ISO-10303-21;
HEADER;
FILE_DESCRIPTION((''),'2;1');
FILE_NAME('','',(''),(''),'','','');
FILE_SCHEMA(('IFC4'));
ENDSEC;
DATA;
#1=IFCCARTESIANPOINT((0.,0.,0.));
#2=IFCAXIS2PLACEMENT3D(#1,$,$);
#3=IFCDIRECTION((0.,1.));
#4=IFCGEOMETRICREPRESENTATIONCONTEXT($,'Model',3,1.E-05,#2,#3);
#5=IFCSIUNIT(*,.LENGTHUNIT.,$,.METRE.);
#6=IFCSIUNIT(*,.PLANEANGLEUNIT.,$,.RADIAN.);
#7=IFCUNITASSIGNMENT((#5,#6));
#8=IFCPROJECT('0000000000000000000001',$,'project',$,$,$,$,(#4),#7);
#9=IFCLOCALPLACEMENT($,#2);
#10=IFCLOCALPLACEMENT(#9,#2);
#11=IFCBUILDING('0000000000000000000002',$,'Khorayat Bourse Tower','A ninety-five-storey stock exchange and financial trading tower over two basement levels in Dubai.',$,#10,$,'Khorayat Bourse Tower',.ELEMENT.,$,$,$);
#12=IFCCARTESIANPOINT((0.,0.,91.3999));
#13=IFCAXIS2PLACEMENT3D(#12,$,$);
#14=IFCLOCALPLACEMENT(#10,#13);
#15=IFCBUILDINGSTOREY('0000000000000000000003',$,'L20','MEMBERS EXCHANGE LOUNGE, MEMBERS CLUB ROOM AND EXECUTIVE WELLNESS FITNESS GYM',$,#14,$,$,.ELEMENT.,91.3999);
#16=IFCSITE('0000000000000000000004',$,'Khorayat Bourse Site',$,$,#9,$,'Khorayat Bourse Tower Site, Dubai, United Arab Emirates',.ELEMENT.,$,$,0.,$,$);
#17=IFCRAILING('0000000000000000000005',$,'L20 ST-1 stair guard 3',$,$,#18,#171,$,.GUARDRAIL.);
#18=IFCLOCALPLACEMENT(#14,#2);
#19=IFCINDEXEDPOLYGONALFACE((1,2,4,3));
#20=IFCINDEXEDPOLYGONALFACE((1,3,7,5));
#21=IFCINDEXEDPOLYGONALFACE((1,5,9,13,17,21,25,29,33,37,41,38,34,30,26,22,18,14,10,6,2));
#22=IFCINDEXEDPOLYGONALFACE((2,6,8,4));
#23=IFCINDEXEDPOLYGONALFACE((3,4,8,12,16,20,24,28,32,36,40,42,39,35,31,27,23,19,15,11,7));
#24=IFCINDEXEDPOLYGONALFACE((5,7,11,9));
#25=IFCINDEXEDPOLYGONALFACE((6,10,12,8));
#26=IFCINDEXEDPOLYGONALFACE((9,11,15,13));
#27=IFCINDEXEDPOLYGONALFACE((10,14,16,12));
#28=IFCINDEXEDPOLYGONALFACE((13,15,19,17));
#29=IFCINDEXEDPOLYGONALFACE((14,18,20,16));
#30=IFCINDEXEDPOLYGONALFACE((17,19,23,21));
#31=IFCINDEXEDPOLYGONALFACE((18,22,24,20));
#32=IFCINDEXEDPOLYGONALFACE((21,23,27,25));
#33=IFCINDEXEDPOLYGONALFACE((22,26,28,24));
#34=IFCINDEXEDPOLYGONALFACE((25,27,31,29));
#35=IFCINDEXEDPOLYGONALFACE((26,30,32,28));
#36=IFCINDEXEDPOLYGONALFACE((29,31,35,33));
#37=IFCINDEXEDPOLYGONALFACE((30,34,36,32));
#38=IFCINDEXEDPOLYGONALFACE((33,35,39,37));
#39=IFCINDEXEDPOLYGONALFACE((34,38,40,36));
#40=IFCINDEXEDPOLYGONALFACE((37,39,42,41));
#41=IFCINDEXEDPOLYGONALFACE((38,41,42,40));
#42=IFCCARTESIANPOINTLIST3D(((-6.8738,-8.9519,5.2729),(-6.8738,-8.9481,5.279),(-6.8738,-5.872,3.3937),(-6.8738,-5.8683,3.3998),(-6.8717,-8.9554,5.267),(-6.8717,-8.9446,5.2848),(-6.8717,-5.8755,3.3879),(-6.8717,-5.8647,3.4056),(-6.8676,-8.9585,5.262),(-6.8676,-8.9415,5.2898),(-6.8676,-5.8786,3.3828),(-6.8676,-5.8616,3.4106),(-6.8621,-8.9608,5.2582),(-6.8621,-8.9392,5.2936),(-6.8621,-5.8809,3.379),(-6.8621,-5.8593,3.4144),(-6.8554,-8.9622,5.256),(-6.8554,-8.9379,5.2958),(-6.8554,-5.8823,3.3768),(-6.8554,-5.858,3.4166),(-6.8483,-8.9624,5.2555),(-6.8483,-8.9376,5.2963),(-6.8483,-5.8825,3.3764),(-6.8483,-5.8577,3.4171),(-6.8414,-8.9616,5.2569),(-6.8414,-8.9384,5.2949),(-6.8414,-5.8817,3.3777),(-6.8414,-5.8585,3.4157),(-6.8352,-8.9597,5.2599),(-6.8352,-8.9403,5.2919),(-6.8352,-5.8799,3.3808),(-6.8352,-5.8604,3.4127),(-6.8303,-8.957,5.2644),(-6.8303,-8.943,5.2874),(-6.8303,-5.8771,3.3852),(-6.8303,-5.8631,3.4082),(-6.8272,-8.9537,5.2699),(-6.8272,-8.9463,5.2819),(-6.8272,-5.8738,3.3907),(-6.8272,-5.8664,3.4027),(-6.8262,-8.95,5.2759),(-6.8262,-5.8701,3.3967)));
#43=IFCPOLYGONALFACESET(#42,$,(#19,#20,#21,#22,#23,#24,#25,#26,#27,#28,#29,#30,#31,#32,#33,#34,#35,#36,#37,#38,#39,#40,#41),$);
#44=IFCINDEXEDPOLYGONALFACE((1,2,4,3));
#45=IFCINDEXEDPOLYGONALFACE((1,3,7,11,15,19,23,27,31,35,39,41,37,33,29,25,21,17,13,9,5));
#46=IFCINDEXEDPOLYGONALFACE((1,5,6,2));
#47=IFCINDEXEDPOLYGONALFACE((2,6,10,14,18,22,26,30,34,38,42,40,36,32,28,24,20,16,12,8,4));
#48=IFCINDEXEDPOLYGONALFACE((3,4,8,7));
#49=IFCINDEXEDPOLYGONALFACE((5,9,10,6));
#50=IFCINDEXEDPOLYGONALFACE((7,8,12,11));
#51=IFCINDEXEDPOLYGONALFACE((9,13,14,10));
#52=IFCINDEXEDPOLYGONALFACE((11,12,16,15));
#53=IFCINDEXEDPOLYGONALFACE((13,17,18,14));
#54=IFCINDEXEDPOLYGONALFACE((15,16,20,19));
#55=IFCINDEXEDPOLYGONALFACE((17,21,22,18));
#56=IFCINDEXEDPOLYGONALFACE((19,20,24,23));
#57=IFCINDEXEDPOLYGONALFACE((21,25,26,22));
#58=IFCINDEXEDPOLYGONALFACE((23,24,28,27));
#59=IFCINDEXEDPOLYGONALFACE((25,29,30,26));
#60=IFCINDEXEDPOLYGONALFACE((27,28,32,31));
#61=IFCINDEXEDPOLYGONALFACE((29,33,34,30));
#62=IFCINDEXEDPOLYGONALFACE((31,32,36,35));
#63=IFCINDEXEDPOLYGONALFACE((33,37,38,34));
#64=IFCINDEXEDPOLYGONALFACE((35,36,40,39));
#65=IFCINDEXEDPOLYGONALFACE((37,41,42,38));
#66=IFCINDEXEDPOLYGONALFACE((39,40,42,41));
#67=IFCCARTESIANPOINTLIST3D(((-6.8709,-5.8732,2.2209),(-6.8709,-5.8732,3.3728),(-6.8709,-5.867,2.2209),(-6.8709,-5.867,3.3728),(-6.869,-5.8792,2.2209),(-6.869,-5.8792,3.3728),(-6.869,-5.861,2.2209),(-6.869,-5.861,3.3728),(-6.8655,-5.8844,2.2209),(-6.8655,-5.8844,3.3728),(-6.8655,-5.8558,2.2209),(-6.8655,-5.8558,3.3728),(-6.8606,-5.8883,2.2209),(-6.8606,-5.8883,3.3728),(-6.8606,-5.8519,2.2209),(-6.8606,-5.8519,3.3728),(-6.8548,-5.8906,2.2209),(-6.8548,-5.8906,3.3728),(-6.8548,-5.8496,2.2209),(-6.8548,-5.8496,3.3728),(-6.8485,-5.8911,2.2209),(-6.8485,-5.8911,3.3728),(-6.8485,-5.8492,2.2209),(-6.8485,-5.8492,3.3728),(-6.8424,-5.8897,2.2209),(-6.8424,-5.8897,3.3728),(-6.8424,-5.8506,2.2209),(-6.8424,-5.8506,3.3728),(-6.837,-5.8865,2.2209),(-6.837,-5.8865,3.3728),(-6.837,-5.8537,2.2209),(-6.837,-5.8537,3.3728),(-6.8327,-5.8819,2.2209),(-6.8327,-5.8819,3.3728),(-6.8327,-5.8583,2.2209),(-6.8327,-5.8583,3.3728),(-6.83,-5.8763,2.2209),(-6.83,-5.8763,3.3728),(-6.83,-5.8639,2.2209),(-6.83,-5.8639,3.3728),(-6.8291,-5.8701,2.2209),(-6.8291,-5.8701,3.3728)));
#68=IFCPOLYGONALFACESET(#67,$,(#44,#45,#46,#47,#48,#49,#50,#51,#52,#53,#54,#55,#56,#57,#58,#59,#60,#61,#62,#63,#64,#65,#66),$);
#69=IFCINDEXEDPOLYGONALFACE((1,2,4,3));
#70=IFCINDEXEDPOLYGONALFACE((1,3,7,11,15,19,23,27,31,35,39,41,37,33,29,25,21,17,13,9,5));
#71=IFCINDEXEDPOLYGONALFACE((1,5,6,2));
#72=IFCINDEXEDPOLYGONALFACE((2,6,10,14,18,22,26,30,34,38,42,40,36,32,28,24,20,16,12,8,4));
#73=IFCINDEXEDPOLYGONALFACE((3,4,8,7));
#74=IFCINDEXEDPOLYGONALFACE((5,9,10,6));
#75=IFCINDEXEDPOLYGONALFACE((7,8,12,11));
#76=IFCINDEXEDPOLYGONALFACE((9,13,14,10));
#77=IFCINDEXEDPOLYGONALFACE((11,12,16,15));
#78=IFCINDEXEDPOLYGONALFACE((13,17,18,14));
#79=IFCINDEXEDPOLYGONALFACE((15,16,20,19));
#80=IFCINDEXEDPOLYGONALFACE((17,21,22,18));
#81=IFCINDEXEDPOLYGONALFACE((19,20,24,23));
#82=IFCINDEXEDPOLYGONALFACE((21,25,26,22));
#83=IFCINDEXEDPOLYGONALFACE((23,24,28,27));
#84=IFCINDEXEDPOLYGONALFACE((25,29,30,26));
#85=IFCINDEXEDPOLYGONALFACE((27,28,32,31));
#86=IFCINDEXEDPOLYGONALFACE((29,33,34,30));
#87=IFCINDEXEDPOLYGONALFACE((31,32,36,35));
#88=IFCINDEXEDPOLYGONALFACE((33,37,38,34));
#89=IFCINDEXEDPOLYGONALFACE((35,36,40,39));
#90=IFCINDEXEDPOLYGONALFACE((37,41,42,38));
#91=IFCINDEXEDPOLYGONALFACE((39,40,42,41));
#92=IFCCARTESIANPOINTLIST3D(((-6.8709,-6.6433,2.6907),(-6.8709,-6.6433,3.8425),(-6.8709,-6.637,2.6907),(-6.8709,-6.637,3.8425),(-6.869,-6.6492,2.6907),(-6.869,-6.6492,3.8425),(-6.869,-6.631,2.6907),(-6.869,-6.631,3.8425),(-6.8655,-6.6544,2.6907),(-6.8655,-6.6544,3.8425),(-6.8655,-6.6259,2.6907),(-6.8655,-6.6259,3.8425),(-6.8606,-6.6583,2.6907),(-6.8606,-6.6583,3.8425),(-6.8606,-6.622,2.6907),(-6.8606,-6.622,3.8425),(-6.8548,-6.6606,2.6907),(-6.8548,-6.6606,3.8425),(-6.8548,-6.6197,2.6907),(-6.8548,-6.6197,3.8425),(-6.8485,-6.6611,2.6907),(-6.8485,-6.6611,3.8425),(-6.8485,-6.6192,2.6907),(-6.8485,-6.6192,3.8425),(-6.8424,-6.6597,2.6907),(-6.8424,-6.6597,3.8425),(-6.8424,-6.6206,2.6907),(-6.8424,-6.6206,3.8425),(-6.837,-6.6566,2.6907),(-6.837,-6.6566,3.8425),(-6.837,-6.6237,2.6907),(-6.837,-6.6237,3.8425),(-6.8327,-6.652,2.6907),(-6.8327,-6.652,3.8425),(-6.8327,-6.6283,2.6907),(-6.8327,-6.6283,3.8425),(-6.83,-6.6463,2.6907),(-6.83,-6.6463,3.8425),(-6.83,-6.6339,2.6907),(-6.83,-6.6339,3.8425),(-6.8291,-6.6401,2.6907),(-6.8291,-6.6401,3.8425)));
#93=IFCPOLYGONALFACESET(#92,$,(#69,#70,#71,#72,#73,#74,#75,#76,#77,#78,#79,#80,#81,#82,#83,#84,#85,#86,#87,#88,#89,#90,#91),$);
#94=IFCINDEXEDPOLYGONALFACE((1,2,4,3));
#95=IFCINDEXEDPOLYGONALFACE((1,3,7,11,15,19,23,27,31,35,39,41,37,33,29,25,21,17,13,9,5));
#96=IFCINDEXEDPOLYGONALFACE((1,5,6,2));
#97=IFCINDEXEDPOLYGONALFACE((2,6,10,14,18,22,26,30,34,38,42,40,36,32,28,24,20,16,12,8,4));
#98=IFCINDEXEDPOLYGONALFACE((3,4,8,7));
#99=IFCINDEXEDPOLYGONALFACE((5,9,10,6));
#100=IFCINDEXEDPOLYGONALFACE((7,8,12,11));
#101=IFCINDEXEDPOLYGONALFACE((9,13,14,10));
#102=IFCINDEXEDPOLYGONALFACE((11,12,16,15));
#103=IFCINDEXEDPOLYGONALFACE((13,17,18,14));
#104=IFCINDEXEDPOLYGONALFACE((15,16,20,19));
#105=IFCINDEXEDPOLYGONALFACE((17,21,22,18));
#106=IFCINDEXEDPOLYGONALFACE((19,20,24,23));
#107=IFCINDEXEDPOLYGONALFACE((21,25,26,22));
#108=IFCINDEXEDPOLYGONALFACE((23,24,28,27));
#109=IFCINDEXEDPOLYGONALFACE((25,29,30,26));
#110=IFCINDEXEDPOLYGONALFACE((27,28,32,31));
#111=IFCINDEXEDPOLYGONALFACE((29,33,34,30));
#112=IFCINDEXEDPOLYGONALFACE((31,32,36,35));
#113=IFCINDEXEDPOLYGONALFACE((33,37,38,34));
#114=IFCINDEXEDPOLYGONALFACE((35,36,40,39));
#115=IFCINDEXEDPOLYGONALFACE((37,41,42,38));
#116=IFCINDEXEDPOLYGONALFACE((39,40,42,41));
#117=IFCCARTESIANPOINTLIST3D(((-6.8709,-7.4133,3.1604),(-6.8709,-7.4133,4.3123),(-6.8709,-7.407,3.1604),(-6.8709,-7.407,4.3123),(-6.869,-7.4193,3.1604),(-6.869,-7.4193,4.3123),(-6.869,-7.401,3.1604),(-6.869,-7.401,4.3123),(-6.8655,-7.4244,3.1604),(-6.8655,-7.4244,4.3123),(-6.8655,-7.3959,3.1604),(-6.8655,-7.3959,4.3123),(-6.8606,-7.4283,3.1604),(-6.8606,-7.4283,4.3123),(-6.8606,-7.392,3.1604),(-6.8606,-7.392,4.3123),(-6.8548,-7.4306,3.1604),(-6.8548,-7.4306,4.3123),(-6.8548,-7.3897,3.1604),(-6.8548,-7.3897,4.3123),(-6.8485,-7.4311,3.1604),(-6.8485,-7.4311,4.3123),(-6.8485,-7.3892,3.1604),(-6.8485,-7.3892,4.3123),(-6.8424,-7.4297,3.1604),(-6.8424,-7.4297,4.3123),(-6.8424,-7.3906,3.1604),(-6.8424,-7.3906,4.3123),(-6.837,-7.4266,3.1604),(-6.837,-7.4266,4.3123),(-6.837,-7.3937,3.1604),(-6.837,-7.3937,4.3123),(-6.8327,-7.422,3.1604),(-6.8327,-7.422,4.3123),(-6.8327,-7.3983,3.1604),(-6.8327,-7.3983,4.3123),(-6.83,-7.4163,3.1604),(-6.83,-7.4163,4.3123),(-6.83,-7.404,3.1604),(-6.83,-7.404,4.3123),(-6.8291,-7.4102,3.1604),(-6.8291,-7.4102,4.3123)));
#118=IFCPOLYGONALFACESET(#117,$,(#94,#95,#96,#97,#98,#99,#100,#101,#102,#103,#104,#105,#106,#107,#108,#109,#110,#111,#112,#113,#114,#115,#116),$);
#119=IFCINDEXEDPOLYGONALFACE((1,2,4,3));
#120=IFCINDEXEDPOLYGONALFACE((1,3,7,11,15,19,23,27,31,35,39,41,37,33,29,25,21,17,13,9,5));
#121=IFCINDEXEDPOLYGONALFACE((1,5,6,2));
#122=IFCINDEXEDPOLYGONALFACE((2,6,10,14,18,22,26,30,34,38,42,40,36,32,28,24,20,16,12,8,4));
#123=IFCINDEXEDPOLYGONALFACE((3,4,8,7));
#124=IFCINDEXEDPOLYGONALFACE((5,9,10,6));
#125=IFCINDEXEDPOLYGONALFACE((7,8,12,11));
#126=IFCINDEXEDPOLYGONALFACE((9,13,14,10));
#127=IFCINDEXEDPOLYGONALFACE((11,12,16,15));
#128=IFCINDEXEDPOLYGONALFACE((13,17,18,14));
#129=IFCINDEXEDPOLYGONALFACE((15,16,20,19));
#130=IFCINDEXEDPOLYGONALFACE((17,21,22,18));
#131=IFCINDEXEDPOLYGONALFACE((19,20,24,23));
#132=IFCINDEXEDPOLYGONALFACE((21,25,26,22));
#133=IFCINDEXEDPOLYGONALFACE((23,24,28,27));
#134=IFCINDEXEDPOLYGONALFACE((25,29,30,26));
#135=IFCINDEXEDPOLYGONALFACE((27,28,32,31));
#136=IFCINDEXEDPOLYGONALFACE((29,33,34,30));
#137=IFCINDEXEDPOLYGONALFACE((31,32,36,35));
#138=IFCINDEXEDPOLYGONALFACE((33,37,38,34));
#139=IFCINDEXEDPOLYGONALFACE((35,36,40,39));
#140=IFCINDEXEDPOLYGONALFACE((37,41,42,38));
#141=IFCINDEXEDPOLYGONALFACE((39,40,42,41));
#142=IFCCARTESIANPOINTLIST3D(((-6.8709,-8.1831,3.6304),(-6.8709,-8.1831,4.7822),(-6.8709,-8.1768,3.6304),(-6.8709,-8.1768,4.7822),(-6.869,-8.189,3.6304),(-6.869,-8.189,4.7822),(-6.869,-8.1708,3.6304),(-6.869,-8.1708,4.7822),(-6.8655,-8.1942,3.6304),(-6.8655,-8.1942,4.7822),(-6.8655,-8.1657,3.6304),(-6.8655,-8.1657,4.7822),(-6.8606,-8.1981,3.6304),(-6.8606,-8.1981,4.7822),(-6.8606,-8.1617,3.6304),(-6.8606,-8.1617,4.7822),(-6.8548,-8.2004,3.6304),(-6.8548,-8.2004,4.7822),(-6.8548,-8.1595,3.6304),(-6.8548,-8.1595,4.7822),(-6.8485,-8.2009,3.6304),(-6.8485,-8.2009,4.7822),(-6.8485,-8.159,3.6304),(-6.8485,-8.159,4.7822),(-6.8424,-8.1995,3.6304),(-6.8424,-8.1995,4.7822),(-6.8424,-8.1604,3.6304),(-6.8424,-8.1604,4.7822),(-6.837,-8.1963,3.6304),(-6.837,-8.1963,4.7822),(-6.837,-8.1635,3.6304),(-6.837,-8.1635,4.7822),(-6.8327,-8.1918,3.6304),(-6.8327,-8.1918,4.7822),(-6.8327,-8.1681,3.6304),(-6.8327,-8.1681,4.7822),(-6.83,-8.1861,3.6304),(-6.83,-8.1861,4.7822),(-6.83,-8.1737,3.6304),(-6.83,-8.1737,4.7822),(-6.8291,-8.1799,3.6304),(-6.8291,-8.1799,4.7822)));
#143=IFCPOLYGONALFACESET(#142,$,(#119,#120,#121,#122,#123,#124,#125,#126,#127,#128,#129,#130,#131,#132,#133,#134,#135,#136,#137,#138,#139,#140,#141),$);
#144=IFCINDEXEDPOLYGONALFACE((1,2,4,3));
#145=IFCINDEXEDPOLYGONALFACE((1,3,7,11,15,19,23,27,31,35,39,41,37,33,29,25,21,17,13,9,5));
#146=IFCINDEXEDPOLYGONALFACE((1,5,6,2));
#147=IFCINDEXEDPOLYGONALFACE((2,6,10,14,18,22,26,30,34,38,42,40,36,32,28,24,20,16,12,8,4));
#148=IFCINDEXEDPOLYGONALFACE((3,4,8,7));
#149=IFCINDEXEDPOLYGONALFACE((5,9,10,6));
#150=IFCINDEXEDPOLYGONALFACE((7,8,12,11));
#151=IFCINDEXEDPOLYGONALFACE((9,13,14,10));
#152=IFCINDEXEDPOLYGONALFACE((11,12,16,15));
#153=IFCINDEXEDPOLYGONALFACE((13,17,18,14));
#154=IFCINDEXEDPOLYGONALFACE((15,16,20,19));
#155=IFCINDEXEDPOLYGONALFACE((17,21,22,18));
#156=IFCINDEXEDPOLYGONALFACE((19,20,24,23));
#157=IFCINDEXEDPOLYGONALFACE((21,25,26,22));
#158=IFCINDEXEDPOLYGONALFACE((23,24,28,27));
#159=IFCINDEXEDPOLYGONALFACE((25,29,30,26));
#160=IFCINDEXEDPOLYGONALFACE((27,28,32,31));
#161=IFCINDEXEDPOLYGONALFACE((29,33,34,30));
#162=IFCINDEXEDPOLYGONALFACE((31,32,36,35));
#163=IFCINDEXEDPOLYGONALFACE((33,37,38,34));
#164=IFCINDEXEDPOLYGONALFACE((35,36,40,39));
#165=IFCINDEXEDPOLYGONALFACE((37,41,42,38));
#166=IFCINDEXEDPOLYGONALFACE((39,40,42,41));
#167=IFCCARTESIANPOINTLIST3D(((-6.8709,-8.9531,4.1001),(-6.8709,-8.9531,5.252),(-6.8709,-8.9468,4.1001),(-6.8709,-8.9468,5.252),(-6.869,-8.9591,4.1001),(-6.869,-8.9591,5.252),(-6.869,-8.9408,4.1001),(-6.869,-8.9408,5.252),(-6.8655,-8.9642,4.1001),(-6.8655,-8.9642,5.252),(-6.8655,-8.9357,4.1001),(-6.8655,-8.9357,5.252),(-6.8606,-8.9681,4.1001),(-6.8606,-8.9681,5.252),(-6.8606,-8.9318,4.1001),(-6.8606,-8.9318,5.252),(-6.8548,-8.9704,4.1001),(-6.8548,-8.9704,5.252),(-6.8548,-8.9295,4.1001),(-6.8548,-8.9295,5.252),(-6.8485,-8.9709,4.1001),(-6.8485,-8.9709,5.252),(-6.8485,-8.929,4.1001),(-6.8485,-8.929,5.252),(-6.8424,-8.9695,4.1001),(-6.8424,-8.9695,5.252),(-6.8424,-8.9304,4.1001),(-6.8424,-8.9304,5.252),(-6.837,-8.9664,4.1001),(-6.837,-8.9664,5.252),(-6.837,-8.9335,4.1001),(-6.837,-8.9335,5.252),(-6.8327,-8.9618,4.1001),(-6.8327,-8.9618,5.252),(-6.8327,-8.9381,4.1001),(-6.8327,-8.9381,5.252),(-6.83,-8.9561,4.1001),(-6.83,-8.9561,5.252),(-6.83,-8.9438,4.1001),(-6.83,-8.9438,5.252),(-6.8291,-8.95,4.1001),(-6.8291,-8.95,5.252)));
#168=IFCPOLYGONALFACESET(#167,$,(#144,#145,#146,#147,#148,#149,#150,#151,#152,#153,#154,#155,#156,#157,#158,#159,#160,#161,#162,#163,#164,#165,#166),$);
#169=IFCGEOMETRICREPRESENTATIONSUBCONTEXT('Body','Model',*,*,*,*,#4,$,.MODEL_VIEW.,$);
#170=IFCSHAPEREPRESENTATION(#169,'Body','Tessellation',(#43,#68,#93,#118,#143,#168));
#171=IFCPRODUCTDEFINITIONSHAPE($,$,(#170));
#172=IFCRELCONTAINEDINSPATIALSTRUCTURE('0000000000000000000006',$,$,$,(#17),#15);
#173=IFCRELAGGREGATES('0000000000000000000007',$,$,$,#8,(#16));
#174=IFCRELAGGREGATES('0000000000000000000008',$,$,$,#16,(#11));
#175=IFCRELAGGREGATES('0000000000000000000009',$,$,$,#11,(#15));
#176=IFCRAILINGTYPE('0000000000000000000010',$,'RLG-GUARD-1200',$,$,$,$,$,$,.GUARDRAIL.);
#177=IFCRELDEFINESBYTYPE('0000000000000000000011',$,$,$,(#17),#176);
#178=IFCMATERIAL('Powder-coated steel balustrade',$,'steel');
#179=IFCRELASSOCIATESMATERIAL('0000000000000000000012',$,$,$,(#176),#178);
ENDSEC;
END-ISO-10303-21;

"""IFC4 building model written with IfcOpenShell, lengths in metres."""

from ifc_helpers import new_model, si_unit, direction, frame, origin, origin_2d, place, context, subcontext, project, spatial, circle, extrude, source, transform, mapped, material, type_object, element, save


model = new_model("IFC4")

# Units and contexts
model_context = context("Model", 3, precision=1e-05, world=origin(), true_north=direction((0.0, 1.0)))
body_context = subcontext(model_context, "Body", "Model", "MODEL_VIEW")
ifc_project = project(units=[si_unit("LENGTHUNIT", "METRE"), si_unit("PLANEANGLEUNIT", "RADIAN")], contexts=[model_context])

# Site, building, storey
site_placement = place(None, origin())
site = spatial("IfcSite", under=ifc_project, at=site_placement, Name="Khorayat Bourse Site", LongName="Khorayat Bourse Tower Site, Dubai, United Arab Emirates", CompositionType="ELEMENT", RefElevation=0.0)
building_placement = place(site_placement, origin())
building = spatial("IfcBuilding", under=site, at=building_placement, Name="Khorayat Bourse Tower", Description="A ninety-five-storey stock exchange and financial trading tower over two basement levels in Dubai.", LongName="Khorayat Bourse Tower", CompositionType="ELEMENT")
storey_placement = place(building_placement, frame((0.0, 0.0, 91.3999)))
storey = spatial("IfcBuildingStorey", under=building, at=storey_placement, Name="L20", Description="MEMBERS EXCHANGE LOUNGE, MEMBERS CLUB ROOM AND EXECUTIVE WELLNESS FITNESS GYM", CompositionType="ELEMENT", Elevation=91.3999)

# Railing
ifc_material_1 = material(Name="Powder-coated steel balustrade", Category="steel")
railing_type_1 = type_object("IfcRailingType", Name="RLG-GUARD-1200", PredefinedType="GUARDRAIL", material=ifc_material_1)
shared_shape_1 = source(origin(), body_context, "Body", "SweptSolid", [
    extrude(circle(Radius=0.0239, at=origin_2d()), frame((0.0, 0.0, 1.1758), z_axis=(0.0, -0.853648, 0.52085), x_axis=(1.0, 0.0, 0.0)), (0.0, 0.0, 1.0), 3.6079),
    extrude(circle(Radius=0.021, at=origin_2d()), origin(), (0.0, 0.0, 1.0), 1.1519),
    extrude(circle(Radius=0.021, at=origin_2d()), frame((0.0, -0.77, 0.4697)), (0.0, 0.0, 1.0), 1.1519),
    extrude(circle(Radius=0.021, at=origin_2d()), frame((0.0, -1.54, 0.9395)), (0.0, 0.0, 1.0), 1.1519),
    extrude(circle(Radius=0.021, at=origin_2d()), frame((0.0, -2.3098, 1.4094)), (0.0, 0.0, 1.0), 1.1519),
    extrude(circle(Radius=0.021, at=origin_2d()), frame((0.0, -3.0798, 1.8792)), (0.0, 0.0, 1.0), 1.1519),
])
railing_1_placement = place(storey_placement, frame((-6.8501, -5.8701, 2.2209)))
element("IfcRailing", 1, at=railing_1_placement, inside=storey, type_object=railing_type_1, Name="L20 ST-1 stair guard 3", PredefinedType="GUARDRAIL", context=body_context, shape_type="MappedRepresentation", body=[
    mapped(shared_shape_1, transform((0.0, 0.0, 0.0), scale=1.0)),
])

save(model, "model.ifc")
